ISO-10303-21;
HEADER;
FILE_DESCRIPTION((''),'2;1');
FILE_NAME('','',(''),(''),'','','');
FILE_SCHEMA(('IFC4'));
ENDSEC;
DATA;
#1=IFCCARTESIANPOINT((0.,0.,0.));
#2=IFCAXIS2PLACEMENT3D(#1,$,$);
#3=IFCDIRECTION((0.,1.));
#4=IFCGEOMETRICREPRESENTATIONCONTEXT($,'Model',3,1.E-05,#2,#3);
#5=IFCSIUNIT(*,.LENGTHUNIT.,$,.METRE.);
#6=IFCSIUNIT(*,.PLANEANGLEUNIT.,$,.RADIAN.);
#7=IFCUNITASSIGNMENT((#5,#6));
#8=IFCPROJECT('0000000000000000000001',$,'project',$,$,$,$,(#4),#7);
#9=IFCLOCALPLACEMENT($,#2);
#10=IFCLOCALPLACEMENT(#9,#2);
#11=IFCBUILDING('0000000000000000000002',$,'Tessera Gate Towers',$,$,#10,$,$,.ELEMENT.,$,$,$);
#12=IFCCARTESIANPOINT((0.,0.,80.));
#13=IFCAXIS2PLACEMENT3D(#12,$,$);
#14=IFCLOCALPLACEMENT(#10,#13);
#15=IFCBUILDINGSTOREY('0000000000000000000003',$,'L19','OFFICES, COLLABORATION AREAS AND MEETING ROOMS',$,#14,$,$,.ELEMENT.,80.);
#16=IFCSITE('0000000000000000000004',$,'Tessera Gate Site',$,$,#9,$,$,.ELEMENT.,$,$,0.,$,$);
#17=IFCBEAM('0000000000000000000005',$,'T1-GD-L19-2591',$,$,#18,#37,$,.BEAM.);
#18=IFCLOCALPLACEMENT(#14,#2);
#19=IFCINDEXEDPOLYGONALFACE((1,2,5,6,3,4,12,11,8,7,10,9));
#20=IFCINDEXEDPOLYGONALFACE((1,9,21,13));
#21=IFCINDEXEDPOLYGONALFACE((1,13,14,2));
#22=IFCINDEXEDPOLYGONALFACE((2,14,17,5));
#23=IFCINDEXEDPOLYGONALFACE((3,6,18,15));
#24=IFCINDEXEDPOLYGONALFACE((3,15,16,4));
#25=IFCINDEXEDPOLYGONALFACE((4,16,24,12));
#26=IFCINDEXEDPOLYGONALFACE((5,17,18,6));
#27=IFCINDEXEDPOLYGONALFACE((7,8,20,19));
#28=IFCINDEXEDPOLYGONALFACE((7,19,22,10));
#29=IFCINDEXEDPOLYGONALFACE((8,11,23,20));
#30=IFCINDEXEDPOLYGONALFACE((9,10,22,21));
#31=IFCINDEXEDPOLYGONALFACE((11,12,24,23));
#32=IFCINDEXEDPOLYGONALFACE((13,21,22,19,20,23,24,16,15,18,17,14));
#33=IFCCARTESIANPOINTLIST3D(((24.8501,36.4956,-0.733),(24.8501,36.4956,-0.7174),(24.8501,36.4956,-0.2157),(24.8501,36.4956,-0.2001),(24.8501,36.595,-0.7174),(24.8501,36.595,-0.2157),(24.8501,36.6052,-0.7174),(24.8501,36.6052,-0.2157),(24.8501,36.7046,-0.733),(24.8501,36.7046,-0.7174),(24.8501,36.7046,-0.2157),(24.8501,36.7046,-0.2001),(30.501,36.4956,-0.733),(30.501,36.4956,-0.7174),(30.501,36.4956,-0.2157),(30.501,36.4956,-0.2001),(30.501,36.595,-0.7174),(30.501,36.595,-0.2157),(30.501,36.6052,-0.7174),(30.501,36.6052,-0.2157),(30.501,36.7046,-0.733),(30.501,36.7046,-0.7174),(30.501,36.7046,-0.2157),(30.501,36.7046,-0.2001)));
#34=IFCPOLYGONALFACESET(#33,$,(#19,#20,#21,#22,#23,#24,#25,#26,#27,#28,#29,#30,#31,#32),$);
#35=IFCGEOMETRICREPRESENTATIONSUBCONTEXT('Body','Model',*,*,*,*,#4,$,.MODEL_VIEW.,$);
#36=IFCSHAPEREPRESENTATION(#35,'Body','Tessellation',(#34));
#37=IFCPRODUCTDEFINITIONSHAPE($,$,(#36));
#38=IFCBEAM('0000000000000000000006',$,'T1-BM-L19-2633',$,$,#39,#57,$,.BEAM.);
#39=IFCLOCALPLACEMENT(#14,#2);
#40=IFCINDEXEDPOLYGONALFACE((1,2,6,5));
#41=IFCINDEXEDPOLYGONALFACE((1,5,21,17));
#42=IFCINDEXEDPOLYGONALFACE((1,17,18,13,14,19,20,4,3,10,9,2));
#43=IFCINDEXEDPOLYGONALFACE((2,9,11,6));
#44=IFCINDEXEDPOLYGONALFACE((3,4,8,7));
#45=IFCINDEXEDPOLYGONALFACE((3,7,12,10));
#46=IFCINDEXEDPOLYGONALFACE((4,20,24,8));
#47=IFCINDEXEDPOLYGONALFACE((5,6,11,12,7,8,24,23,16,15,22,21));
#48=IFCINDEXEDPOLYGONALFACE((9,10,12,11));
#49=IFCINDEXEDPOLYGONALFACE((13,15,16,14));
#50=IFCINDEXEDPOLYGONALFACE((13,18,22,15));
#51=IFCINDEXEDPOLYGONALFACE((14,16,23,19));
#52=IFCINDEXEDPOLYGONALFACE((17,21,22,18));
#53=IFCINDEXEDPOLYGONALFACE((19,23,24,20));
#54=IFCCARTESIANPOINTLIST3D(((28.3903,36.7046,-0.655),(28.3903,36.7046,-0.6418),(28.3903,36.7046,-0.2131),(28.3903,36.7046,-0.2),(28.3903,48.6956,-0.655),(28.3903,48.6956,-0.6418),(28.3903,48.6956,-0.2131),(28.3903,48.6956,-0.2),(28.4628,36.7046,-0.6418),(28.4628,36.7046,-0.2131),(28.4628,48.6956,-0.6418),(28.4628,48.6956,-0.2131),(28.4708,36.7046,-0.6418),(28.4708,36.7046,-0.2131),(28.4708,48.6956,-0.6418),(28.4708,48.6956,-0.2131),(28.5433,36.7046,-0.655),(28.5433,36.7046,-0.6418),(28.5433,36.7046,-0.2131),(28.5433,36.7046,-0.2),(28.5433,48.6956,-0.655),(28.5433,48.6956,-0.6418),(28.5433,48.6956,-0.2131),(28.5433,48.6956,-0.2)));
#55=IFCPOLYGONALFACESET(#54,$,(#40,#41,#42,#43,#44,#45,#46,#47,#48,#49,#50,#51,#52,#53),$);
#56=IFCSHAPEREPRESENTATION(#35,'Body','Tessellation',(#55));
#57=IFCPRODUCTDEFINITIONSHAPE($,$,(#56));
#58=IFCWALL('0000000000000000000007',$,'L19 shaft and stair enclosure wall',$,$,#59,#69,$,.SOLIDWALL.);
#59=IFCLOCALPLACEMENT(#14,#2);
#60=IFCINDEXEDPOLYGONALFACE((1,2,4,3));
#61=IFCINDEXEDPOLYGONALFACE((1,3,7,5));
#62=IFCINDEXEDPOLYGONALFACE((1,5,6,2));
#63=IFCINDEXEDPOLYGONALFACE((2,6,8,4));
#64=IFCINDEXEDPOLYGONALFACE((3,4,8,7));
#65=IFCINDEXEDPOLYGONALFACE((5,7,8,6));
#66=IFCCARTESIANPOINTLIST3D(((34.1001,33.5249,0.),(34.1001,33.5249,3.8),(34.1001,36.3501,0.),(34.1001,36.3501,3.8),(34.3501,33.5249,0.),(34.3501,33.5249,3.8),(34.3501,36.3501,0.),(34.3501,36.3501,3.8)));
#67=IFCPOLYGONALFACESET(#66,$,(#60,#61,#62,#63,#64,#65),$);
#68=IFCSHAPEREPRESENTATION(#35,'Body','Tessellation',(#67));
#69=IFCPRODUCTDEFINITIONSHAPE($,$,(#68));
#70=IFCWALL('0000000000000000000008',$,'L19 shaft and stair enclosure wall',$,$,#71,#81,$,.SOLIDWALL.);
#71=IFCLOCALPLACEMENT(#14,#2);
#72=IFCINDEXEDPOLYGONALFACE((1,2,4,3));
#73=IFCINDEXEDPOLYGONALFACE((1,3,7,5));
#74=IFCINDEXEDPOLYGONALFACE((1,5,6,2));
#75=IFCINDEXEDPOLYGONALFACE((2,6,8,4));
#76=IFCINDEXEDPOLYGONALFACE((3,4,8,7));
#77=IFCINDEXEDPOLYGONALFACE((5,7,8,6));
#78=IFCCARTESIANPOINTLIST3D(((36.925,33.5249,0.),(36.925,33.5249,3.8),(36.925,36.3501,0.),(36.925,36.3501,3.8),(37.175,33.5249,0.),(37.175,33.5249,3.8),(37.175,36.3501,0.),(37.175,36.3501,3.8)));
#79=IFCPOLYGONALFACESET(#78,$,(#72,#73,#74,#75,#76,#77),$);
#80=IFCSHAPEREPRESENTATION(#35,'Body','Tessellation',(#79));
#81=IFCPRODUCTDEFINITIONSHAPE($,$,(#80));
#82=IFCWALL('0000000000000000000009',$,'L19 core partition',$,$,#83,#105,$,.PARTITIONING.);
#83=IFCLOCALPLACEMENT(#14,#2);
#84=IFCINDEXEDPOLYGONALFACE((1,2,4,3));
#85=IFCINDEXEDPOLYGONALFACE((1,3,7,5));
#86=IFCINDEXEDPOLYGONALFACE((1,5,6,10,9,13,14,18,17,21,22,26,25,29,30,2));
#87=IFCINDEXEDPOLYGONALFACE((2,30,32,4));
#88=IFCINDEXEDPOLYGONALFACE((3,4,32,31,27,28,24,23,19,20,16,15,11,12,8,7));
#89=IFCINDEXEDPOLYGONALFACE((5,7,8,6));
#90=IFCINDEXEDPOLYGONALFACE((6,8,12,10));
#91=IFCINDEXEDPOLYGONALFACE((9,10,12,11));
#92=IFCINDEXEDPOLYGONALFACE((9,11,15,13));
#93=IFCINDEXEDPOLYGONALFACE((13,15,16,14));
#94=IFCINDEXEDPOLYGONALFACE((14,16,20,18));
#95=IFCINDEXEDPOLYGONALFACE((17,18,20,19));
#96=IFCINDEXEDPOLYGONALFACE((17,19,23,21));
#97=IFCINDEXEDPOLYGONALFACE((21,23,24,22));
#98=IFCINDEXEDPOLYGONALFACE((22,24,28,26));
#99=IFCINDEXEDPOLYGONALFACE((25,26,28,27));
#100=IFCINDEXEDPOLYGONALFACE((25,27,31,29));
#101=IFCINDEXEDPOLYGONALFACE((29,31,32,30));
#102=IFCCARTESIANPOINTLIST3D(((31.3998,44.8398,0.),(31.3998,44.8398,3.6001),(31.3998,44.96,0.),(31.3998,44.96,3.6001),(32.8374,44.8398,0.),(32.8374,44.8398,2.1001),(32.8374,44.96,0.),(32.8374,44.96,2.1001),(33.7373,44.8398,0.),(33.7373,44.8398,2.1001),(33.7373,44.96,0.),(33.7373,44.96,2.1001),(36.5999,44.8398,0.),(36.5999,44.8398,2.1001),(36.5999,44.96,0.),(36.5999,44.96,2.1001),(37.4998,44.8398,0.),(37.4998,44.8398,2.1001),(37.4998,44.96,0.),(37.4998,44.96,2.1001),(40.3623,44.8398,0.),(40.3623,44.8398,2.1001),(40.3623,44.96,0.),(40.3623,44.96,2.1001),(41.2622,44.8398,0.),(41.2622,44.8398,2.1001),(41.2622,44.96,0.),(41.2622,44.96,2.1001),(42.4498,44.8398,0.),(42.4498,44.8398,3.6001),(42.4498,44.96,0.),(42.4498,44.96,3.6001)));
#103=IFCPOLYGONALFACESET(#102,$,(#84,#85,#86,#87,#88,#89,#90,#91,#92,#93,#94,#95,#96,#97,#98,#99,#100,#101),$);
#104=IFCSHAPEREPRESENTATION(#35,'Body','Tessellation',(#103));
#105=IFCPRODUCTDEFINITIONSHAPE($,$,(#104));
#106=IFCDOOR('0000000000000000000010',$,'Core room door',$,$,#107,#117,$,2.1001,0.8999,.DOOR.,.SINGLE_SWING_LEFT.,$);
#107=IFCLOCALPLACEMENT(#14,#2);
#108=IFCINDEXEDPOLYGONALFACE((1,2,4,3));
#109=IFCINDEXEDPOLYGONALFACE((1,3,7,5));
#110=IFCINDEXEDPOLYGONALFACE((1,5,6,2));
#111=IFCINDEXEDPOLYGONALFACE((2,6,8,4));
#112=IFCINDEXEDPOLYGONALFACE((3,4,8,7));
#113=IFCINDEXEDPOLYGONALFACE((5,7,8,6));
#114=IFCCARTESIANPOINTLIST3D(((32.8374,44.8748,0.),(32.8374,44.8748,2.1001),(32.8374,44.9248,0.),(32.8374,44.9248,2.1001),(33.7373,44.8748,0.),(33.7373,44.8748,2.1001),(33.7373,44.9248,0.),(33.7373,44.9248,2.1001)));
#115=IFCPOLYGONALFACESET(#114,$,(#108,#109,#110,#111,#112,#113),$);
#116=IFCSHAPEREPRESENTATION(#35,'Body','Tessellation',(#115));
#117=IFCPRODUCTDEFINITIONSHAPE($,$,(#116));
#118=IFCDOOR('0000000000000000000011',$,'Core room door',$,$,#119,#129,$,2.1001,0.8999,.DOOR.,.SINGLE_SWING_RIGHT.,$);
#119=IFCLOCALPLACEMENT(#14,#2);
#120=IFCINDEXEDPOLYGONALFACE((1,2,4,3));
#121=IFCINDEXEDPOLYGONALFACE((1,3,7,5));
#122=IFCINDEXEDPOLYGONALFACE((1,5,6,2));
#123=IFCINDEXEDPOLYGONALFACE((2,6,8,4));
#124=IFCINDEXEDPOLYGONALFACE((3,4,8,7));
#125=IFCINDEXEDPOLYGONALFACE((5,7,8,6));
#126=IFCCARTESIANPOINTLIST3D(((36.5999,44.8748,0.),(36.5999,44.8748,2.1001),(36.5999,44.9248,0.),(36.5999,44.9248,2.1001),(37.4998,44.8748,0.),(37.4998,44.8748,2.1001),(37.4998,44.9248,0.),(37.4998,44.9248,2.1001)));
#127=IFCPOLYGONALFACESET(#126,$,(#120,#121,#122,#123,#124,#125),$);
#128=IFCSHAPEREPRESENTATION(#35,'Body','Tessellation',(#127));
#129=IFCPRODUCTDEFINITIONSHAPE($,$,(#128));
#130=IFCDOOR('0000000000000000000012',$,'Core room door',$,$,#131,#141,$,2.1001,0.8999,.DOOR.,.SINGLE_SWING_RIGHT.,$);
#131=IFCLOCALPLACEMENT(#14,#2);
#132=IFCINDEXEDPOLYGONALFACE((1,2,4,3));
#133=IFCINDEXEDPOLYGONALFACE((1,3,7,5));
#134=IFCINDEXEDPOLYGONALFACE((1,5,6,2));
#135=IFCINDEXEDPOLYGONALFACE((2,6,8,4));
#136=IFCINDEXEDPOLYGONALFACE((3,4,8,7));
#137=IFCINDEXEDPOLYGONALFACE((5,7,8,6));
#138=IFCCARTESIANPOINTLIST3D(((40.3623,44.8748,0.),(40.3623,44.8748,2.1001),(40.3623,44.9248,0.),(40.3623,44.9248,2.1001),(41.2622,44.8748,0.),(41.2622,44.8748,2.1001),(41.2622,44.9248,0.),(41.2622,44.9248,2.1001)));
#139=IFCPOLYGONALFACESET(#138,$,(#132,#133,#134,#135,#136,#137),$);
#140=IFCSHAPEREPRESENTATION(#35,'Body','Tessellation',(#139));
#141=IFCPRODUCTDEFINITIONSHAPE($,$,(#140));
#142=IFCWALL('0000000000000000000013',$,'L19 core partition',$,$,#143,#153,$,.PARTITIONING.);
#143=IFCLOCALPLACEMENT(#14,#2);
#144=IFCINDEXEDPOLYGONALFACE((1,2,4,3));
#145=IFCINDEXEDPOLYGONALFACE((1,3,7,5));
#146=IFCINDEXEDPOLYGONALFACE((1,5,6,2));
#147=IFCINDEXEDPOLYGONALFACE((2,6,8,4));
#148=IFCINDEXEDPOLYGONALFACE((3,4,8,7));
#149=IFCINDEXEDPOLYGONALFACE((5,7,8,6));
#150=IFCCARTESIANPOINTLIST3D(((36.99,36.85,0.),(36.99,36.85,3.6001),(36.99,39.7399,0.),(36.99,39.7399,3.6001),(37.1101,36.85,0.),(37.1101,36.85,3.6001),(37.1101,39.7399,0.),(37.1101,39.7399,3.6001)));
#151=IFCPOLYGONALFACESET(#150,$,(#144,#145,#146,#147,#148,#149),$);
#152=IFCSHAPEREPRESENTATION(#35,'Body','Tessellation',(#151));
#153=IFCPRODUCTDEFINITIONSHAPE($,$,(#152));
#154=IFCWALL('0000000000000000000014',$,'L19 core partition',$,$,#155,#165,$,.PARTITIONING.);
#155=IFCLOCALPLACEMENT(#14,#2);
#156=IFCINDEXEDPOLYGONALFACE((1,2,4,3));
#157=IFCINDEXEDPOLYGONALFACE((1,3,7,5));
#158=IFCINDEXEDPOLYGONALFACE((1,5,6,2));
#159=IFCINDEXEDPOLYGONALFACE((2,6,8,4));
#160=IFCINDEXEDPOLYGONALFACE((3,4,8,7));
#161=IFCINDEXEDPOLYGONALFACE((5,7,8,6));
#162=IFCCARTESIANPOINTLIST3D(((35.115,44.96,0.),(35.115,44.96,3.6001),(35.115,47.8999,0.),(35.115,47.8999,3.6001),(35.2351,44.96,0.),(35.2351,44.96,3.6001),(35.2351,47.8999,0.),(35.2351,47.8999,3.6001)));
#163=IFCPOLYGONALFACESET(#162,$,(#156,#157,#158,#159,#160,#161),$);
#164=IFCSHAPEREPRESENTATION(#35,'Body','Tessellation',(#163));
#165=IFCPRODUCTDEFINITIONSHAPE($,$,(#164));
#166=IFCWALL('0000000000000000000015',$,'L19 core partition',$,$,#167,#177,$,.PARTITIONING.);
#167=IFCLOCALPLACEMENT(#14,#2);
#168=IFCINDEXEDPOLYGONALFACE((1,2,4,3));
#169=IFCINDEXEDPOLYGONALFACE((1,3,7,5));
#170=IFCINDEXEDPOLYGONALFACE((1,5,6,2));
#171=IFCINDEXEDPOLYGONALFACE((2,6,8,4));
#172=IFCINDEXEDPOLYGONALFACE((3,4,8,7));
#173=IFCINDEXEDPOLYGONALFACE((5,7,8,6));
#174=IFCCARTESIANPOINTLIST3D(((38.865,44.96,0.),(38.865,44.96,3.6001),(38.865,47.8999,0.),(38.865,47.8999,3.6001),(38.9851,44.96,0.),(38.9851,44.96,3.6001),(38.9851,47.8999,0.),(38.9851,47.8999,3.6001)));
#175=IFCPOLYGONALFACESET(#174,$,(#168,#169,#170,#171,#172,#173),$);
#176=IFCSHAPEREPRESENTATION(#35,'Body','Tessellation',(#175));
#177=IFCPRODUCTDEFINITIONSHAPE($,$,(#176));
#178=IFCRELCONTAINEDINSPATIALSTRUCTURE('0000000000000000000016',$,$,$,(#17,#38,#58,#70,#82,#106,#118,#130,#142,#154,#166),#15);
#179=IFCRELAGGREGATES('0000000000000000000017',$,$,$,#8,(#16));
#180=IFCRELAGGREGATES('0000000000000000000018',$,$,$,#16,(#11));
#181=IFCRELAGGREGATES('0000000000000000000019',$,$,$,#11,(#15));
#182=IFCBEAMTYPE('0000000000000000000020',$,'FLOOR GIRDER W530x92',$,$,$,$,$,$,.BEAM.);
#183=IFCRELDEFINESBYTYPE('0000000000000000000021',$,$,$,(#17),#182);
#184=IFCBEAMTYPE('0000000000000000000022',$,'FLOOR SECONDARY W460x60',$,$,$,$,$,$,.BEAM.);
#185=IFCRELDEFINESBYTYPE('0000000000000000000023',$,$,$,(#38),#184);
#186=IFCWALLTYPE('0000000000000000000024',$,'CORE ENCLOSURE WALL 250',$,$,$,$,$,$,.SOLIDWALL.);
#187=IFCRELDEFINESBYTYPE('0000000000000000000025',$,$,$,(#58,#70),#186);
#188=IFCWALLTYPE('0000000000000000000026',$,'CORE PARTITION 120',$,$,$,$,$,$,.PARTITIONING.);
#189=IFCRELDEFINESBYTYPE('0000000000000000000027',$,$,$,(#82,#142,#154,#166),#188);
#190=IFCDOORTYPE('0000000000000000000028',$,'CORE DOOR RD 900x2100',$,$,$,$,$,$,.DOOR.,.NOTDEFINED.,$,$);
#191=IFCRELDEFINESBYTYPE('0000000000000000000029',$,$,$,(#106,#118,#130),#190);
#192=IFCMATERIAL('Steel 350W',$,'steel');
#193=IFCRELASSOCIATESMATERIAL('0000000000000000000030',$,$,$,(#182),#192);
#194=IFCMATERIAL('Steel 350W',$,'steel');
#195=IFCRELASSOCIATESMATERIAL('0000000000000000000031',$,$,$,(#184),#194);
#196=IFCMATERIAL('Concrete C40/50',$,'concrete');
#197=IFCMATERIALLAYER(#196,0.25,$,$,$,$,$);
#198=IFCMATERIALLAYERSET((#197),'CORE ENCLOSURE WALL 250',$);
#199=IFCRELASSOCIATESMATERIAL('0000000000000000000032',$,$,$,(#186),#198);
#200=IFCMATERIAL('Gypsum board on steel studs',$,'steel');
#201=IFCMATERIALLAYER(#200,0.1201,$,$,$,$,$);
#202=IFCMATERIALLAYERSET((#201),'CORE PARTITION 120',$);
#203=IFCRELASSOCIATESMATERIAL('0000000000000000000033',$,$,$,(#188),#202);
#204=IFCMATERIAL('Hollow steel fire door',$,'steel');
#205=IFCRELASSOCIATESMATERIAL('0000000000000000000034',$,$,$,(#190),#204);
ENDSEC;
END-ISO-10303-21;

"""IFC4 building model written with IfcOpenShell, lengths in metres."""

from ifc_helpers import new_model, si_unit, direction, frame, frame_2d, origin, origin_2d, place, context, subcontext, project, spatial, rectangle, i_section, extrude, source, transform, mapped, material, layer, layer_set, material_profile, profile_set, type_object, element, fill, save


model = new_model("IFC4")

# Units and contexts
model_context = context("Model", 3, precision=1e-05, world=origin(), true_north=direction((0.0, 1.0)))
body_context = subcontext(model_context, "Body", "Model", "MODEL_VIEW")
ifc_project = project(units=[si_unit("LENGTHUNIT", "METRE"), si_unit("PLANEANGLEUNIT", "RADIAN")], contexts=[model_context])

# Site, building, storey
site_placement = place(None, origin())
site = spatial("IfcSite", under=ifc_project, at=site_placement, Name="Tessera Gate Site", CompositionType="ELEMENT", RefElevation=0.0)
building_placement = place(site_placement, origin())
building = spatial("IfcBuilding", under=site, at=building_placement, Name="Tessera Gate Towers", CompositionType="ELEMENT")
storey_placement = place(building_placement, frame((0.0, 0.0, 80.0)))
storey = spatial("IfcBuildingStorey", under=building, at=storey_placement, Name="L19", Description="OFFICES, COLLABORATION AREAS AND MEETING ROOMS", CompositionType="ELEMENT", Elevation=80.0)

# Beams
ifc_material_1 = material(Name="Steel 350W", Category="steel")
ifc_material_profile_1 = material_profile(ifc_material_1, i_section(OverallWidth=0.209, OverallDepth=0.533, WebThickness=0.0103, FlangeThickness=0.0156, at=origin_2d()), Name="W530x92")
ifc_profile_set_1 = profile_set([ifc_material_profile_1], Name="Steel 350W")
beam_type_1 = type_object("IfcBeamType", Name="FLOOR GIRDER W530x92", PredefinedType="BEAM", material=ifc_profile_set_1)
beam_1_placement = place(storey_placement, frame((24.8501, 36.6001, -0.4666), z_axis=(1.0, 0.0, 0.0), x_axis=(0.0, 1.0, 0.0)))
element("IfcBeam", 1, at=beam_1_placement, inside=storey, type_object=beam_type_1, Name="T1-GD-L19-2591", PredefinedType="BEAM", context=body_context, shape_type="SweptSolid", body=[
    extrude(i_section(OverallWidth=0.209, OverallDepth=0.533, WebThickness=0.0103, FlangeThickness=0.0156, at=origin_2d()), origin(), (0.0, 0.0, 1.0), 5.6509),
])
ifc_material_2 = material(Name="Steel 350W", Category="steel")
ifc_material_profile_2 = material_profile(ifc_material_2, i_section(OverallWidth=0.1531, OverallDepth=0.4551, WebThickness=0.0081, FlangeThickness=0.0132, at=origin_2d()), Name="W460x60")
ifc_profile_set_2 = profile_set([ifc_material_profile_2], Name="Steel 350W")
beam_type_2 = type_object("IfcBeamType", Name="FLOOR SECONDARY W460x60", PredefinedType="BEAM", material=ifc_profile_set_2)
beam_2_placement = place(storey_placement, frame((28.4668, 36.7046, -0.4275), z_axis=(0.0, 1.0, 0.0), x_axis=(-1.0, 0.0, 0.0)))
element("IfcBeam", 2, at=beam_2_placement, inside=storey, type_object=beam_type_2, Name="T1-BM-L19-2633", PredefinedType="BEAM", context=body_context, shape_type="SweptSolid", body=[
    extrude(i_section(OverallWidth=0.1531, OverallDepth=0.4551, WebThickness=0.0081, FlangeThickness=0.0132, at=origin_2d()), origin(), (0.0, 0.0, 1.0), 11.991),
])

# Walls
ifc_material_3 = material(Name="Concrete C40/50", Category="concrete")
ifc_layer_1 = layer(ifc_material_3, 0.25)
ifc_layer_set_1 = layer_set([ifc_layer_1], Name="CORE ENCLOSURE WALL 250")
wall_type_1 = type_object("IfcWallType", Name="CORE ENCLOSURE WALL 250", PredefinedType="SOLIDWALL", material=ifc_layer_set_1)
for number, where, z_axis, x_axis, name in (
    (3, (34.2251, 33.5249, 0.0), (0.0, 0.0, 1.0), (0.0, 1.0, 0.0), "L19 shaft and stair enclosure wall"),
    (4, (37.05, 33.5249, 0.0), (0.0, 0.0, 1.0), (0.0, 1.0, 0.0), "L19 shaft and stair enclosure wall"),
):
    element("IfcWall", number, at=place(storey_placement, frame(where, z_axis=z_axis, x_axis=x_axis)), inside=storey, type_object=wall_type_1, Name=name, PredefinedType="SOLIDWALL", context=body_context, shape_type="SweptSolid", body=[
        extrude(rectangle(XDim=2.8252, YDim=0.25, at=frame_2d((1.4126, 0.0))), origin(), (0.0, 0.0, 1.0), 3.8),
    ])

# Wall, openings, doors
ifc_material_4 = material(Name="Gypsum board on steel studs", Category="steel")
ifc_layer_2 = layer(ifc_material_4, 0.1201)
ifc_layer_set_2 = layer_set([ifc_layer_2], Name="CORE PARTITION 120")
wall_type_2 = type_object("IfcWallType", Name="CORE PARTITION 120", PredefinedType="PARTITIONING", material=ifc_layer_set_2)
wall_1_placement = place(storey_placement, frame((31.3999, 44.8999, 0.0), z_axis=(0.0, 0.0, 1.0), x_axis=(1.0, 0.0, 0.0)))
wall_1 = element("IfcWall", 5, at=wall_1_placement, inside=storey, type_object=wall_type_2, Name="L19 core partition", PredefinedType="PARTITIONING", context=body_context, shape_type="SweptSolid", body=[
    extrude(rectangle(XDim=11.05, YDim=0.1201, at=frame_2d((5.5249, 0.0))), origin(), (0.0, 0.0, 1.0), 3.6001),
])
shared_shape_1 = source(origin(), body_context, "Body", "SweptSolid", [
    extrude(rectangle(XDim=0.8999, YDim=2.1001, at=frame_2d((0.45, 1.05))), frame((0.0, 0.0701, 0.0), z_axis=(0.0, -1.0, 0.0), x_axis=(1.0, 0.0, 0.0)), (0.0, 0.0, 1.0), 0.1401),
])
opening_1_placement = place(wall_1_placement, frame((1.4375, 0.0, 0.0)))
opening_1 = element("IfcOpeningElement", 6, at=opening_1_placement, cuts=wall_1, PredefinedType="OPENING", context=body_context, shape_type="MappedRepresentation", body=[
    mapped(shared_shape_1, transform((0.0, 0.0, 0.0), scale=1.0)),
])
opening_2_placement = place(wall_1_placement, frame((5.2, 0.0, 0.0)))
opening_2 = element("IfcOpeningElement", 7, at=opening_2_placement, cuts=wall_1, PredefinedType="OPENING", context=body_context, shape_type="MappedRepresentation", body=[
    mapped(shared_shape_1, transform((0.0, 0.0, 0.0), scale=1.0)),
])
opening_3_placement = place(wall_1_placement, frame((8.9624, 0.0, 0.0)))
opening_3 = element("IfcOpeningElement", 8, at=opening_3_placement, cuts=wall_1, PredefinedType="OPENING", context=body_context, shape_type="MappedRepresentation", body=[
    mapped(shared_shape_1, transform((0.0, 0.0, 0.0), scale=1.0)),
])
ifc_material_5 = material(Name="Hollow steel fire door", Category="steel")
door_type_1 = type_object("IfcDoorType", Name="CORE DOOR RD 900x2100", OperationType="NOTDEFINED", PredefinedType="DOOR", material=ifc_material_5)
shared_shape_2 = source(origin(), body_context, "Body", "SweptSolid", [
    extrude(rectangle(XDim=0.8999, YDim=2.1001, at=frame_2d((0.45, 1.05))), frame((0.0, 0.0249, 0.0), z_axis=(0.0, -1.0, 0.0), x_axis=(1.0, 0.0, 0.0)), (0.0, 0.0, 1.0), 0.05),
])
door_1_placement = place(opening_1_placement, origin())
door_1 = element("IfcDoor", 9, at=door_1_placement, inside=storey, type_object=door_type_1, Name="Core room door", OperationType="SINGLE_SWING_LEFT", OverallHeight=2.1001, OverallWidth=0.8999, PredefinedType="DOOR", context=body_context, shape_type="MappedRepresentation", body=[
    mapped(shared_shape_2, transform((0.0, 0.0, 0.0), scale=1.0)),
])
fill(opening_1, door_1)
door_2_placement = place(opening_2_placement, origin())
door_2 = element("IfcDoor", 10, at=door_2_placement, inside=storey, type_object=door_type_1, Name="Core room door", OperationType="SINGLE_SWING_RIGHT", OverallHeight=2.1001, OverallWidth=0.8999, PredefinedType="DOOR", context=body_context, shape_type="MappedRepresentation", body=[
    mapped(shared_shape_2, transform((0.0, 0.0, 0.0), scale=1.0)),
])
fill(opening_2, door_2)
door_3_placement = place(opening_3_placement, origin())
door_3 = element("IfcDoor", 11, at=door_3_placement, inside=storey, type_object=door_type_1, Name="Core room door", OperationType="SINGLE_SWING_RIGHT", OverallHeight=2.1001, OverallWidth=0.8999, PredefinedType="DOOR", context=body_context, shape_type="MappedRepresentation", body=[
    mapped(shared_shape_2, transform((0.0, 0.0, 0.0), scale=1.0)),
])
fill(opening_3, door_3)

# Walls
wall_2_placement = place(storey_placement, frame((37.05, 36.8501, 0.0), z_axis=(0.0, 0.0, 1.0), x_axis=(0.0, 1.0, 0.0)))
element("IfcWall", 12, at=wall_2_placement, inside=storey, type_object=wall_type_2, Name="L19 core partition", PredefinedType="PARTITIONING", context=body_context, shape_type="SweptSolid", body=[
    extrude(rectangle(XDim=2.8899, YDim=0.1201, at=frame_2d((1.4448, 0.0))), origin(), (0.0, 0.0, 1.0), 3.6001),
])
for number, where, z_axis, x_axis, name in (
    (13, (35.175, 44.96, 0.0), (0.0, 0.0, 1.0), (0.0, 1.0, 0.0), "L19 core partition"),
    (14, (38.925, 44.96, 0.0), (0.0, 0.0, 1.0), (0.0, 1.0, 0.0), "L19 core partition"),
):
    element("IfcWall", number, at=place(storey_placement, frame(where, z_axis=z_axis, x_axis=x_axis)), inside=storey, type_object=wall_type_2, Name=name, PredefinedType="PARTITIONING", context=body_context, shape_type="SweptSolid", body=[
        extrude(rectangle(XDim=2.9399, YDim=0.1201, at=frame_2d((1.47, 0.0))), origin(), (0.0, 0.0, 1.0), 3.6001),
    ])

save(model, "model.ifc")
